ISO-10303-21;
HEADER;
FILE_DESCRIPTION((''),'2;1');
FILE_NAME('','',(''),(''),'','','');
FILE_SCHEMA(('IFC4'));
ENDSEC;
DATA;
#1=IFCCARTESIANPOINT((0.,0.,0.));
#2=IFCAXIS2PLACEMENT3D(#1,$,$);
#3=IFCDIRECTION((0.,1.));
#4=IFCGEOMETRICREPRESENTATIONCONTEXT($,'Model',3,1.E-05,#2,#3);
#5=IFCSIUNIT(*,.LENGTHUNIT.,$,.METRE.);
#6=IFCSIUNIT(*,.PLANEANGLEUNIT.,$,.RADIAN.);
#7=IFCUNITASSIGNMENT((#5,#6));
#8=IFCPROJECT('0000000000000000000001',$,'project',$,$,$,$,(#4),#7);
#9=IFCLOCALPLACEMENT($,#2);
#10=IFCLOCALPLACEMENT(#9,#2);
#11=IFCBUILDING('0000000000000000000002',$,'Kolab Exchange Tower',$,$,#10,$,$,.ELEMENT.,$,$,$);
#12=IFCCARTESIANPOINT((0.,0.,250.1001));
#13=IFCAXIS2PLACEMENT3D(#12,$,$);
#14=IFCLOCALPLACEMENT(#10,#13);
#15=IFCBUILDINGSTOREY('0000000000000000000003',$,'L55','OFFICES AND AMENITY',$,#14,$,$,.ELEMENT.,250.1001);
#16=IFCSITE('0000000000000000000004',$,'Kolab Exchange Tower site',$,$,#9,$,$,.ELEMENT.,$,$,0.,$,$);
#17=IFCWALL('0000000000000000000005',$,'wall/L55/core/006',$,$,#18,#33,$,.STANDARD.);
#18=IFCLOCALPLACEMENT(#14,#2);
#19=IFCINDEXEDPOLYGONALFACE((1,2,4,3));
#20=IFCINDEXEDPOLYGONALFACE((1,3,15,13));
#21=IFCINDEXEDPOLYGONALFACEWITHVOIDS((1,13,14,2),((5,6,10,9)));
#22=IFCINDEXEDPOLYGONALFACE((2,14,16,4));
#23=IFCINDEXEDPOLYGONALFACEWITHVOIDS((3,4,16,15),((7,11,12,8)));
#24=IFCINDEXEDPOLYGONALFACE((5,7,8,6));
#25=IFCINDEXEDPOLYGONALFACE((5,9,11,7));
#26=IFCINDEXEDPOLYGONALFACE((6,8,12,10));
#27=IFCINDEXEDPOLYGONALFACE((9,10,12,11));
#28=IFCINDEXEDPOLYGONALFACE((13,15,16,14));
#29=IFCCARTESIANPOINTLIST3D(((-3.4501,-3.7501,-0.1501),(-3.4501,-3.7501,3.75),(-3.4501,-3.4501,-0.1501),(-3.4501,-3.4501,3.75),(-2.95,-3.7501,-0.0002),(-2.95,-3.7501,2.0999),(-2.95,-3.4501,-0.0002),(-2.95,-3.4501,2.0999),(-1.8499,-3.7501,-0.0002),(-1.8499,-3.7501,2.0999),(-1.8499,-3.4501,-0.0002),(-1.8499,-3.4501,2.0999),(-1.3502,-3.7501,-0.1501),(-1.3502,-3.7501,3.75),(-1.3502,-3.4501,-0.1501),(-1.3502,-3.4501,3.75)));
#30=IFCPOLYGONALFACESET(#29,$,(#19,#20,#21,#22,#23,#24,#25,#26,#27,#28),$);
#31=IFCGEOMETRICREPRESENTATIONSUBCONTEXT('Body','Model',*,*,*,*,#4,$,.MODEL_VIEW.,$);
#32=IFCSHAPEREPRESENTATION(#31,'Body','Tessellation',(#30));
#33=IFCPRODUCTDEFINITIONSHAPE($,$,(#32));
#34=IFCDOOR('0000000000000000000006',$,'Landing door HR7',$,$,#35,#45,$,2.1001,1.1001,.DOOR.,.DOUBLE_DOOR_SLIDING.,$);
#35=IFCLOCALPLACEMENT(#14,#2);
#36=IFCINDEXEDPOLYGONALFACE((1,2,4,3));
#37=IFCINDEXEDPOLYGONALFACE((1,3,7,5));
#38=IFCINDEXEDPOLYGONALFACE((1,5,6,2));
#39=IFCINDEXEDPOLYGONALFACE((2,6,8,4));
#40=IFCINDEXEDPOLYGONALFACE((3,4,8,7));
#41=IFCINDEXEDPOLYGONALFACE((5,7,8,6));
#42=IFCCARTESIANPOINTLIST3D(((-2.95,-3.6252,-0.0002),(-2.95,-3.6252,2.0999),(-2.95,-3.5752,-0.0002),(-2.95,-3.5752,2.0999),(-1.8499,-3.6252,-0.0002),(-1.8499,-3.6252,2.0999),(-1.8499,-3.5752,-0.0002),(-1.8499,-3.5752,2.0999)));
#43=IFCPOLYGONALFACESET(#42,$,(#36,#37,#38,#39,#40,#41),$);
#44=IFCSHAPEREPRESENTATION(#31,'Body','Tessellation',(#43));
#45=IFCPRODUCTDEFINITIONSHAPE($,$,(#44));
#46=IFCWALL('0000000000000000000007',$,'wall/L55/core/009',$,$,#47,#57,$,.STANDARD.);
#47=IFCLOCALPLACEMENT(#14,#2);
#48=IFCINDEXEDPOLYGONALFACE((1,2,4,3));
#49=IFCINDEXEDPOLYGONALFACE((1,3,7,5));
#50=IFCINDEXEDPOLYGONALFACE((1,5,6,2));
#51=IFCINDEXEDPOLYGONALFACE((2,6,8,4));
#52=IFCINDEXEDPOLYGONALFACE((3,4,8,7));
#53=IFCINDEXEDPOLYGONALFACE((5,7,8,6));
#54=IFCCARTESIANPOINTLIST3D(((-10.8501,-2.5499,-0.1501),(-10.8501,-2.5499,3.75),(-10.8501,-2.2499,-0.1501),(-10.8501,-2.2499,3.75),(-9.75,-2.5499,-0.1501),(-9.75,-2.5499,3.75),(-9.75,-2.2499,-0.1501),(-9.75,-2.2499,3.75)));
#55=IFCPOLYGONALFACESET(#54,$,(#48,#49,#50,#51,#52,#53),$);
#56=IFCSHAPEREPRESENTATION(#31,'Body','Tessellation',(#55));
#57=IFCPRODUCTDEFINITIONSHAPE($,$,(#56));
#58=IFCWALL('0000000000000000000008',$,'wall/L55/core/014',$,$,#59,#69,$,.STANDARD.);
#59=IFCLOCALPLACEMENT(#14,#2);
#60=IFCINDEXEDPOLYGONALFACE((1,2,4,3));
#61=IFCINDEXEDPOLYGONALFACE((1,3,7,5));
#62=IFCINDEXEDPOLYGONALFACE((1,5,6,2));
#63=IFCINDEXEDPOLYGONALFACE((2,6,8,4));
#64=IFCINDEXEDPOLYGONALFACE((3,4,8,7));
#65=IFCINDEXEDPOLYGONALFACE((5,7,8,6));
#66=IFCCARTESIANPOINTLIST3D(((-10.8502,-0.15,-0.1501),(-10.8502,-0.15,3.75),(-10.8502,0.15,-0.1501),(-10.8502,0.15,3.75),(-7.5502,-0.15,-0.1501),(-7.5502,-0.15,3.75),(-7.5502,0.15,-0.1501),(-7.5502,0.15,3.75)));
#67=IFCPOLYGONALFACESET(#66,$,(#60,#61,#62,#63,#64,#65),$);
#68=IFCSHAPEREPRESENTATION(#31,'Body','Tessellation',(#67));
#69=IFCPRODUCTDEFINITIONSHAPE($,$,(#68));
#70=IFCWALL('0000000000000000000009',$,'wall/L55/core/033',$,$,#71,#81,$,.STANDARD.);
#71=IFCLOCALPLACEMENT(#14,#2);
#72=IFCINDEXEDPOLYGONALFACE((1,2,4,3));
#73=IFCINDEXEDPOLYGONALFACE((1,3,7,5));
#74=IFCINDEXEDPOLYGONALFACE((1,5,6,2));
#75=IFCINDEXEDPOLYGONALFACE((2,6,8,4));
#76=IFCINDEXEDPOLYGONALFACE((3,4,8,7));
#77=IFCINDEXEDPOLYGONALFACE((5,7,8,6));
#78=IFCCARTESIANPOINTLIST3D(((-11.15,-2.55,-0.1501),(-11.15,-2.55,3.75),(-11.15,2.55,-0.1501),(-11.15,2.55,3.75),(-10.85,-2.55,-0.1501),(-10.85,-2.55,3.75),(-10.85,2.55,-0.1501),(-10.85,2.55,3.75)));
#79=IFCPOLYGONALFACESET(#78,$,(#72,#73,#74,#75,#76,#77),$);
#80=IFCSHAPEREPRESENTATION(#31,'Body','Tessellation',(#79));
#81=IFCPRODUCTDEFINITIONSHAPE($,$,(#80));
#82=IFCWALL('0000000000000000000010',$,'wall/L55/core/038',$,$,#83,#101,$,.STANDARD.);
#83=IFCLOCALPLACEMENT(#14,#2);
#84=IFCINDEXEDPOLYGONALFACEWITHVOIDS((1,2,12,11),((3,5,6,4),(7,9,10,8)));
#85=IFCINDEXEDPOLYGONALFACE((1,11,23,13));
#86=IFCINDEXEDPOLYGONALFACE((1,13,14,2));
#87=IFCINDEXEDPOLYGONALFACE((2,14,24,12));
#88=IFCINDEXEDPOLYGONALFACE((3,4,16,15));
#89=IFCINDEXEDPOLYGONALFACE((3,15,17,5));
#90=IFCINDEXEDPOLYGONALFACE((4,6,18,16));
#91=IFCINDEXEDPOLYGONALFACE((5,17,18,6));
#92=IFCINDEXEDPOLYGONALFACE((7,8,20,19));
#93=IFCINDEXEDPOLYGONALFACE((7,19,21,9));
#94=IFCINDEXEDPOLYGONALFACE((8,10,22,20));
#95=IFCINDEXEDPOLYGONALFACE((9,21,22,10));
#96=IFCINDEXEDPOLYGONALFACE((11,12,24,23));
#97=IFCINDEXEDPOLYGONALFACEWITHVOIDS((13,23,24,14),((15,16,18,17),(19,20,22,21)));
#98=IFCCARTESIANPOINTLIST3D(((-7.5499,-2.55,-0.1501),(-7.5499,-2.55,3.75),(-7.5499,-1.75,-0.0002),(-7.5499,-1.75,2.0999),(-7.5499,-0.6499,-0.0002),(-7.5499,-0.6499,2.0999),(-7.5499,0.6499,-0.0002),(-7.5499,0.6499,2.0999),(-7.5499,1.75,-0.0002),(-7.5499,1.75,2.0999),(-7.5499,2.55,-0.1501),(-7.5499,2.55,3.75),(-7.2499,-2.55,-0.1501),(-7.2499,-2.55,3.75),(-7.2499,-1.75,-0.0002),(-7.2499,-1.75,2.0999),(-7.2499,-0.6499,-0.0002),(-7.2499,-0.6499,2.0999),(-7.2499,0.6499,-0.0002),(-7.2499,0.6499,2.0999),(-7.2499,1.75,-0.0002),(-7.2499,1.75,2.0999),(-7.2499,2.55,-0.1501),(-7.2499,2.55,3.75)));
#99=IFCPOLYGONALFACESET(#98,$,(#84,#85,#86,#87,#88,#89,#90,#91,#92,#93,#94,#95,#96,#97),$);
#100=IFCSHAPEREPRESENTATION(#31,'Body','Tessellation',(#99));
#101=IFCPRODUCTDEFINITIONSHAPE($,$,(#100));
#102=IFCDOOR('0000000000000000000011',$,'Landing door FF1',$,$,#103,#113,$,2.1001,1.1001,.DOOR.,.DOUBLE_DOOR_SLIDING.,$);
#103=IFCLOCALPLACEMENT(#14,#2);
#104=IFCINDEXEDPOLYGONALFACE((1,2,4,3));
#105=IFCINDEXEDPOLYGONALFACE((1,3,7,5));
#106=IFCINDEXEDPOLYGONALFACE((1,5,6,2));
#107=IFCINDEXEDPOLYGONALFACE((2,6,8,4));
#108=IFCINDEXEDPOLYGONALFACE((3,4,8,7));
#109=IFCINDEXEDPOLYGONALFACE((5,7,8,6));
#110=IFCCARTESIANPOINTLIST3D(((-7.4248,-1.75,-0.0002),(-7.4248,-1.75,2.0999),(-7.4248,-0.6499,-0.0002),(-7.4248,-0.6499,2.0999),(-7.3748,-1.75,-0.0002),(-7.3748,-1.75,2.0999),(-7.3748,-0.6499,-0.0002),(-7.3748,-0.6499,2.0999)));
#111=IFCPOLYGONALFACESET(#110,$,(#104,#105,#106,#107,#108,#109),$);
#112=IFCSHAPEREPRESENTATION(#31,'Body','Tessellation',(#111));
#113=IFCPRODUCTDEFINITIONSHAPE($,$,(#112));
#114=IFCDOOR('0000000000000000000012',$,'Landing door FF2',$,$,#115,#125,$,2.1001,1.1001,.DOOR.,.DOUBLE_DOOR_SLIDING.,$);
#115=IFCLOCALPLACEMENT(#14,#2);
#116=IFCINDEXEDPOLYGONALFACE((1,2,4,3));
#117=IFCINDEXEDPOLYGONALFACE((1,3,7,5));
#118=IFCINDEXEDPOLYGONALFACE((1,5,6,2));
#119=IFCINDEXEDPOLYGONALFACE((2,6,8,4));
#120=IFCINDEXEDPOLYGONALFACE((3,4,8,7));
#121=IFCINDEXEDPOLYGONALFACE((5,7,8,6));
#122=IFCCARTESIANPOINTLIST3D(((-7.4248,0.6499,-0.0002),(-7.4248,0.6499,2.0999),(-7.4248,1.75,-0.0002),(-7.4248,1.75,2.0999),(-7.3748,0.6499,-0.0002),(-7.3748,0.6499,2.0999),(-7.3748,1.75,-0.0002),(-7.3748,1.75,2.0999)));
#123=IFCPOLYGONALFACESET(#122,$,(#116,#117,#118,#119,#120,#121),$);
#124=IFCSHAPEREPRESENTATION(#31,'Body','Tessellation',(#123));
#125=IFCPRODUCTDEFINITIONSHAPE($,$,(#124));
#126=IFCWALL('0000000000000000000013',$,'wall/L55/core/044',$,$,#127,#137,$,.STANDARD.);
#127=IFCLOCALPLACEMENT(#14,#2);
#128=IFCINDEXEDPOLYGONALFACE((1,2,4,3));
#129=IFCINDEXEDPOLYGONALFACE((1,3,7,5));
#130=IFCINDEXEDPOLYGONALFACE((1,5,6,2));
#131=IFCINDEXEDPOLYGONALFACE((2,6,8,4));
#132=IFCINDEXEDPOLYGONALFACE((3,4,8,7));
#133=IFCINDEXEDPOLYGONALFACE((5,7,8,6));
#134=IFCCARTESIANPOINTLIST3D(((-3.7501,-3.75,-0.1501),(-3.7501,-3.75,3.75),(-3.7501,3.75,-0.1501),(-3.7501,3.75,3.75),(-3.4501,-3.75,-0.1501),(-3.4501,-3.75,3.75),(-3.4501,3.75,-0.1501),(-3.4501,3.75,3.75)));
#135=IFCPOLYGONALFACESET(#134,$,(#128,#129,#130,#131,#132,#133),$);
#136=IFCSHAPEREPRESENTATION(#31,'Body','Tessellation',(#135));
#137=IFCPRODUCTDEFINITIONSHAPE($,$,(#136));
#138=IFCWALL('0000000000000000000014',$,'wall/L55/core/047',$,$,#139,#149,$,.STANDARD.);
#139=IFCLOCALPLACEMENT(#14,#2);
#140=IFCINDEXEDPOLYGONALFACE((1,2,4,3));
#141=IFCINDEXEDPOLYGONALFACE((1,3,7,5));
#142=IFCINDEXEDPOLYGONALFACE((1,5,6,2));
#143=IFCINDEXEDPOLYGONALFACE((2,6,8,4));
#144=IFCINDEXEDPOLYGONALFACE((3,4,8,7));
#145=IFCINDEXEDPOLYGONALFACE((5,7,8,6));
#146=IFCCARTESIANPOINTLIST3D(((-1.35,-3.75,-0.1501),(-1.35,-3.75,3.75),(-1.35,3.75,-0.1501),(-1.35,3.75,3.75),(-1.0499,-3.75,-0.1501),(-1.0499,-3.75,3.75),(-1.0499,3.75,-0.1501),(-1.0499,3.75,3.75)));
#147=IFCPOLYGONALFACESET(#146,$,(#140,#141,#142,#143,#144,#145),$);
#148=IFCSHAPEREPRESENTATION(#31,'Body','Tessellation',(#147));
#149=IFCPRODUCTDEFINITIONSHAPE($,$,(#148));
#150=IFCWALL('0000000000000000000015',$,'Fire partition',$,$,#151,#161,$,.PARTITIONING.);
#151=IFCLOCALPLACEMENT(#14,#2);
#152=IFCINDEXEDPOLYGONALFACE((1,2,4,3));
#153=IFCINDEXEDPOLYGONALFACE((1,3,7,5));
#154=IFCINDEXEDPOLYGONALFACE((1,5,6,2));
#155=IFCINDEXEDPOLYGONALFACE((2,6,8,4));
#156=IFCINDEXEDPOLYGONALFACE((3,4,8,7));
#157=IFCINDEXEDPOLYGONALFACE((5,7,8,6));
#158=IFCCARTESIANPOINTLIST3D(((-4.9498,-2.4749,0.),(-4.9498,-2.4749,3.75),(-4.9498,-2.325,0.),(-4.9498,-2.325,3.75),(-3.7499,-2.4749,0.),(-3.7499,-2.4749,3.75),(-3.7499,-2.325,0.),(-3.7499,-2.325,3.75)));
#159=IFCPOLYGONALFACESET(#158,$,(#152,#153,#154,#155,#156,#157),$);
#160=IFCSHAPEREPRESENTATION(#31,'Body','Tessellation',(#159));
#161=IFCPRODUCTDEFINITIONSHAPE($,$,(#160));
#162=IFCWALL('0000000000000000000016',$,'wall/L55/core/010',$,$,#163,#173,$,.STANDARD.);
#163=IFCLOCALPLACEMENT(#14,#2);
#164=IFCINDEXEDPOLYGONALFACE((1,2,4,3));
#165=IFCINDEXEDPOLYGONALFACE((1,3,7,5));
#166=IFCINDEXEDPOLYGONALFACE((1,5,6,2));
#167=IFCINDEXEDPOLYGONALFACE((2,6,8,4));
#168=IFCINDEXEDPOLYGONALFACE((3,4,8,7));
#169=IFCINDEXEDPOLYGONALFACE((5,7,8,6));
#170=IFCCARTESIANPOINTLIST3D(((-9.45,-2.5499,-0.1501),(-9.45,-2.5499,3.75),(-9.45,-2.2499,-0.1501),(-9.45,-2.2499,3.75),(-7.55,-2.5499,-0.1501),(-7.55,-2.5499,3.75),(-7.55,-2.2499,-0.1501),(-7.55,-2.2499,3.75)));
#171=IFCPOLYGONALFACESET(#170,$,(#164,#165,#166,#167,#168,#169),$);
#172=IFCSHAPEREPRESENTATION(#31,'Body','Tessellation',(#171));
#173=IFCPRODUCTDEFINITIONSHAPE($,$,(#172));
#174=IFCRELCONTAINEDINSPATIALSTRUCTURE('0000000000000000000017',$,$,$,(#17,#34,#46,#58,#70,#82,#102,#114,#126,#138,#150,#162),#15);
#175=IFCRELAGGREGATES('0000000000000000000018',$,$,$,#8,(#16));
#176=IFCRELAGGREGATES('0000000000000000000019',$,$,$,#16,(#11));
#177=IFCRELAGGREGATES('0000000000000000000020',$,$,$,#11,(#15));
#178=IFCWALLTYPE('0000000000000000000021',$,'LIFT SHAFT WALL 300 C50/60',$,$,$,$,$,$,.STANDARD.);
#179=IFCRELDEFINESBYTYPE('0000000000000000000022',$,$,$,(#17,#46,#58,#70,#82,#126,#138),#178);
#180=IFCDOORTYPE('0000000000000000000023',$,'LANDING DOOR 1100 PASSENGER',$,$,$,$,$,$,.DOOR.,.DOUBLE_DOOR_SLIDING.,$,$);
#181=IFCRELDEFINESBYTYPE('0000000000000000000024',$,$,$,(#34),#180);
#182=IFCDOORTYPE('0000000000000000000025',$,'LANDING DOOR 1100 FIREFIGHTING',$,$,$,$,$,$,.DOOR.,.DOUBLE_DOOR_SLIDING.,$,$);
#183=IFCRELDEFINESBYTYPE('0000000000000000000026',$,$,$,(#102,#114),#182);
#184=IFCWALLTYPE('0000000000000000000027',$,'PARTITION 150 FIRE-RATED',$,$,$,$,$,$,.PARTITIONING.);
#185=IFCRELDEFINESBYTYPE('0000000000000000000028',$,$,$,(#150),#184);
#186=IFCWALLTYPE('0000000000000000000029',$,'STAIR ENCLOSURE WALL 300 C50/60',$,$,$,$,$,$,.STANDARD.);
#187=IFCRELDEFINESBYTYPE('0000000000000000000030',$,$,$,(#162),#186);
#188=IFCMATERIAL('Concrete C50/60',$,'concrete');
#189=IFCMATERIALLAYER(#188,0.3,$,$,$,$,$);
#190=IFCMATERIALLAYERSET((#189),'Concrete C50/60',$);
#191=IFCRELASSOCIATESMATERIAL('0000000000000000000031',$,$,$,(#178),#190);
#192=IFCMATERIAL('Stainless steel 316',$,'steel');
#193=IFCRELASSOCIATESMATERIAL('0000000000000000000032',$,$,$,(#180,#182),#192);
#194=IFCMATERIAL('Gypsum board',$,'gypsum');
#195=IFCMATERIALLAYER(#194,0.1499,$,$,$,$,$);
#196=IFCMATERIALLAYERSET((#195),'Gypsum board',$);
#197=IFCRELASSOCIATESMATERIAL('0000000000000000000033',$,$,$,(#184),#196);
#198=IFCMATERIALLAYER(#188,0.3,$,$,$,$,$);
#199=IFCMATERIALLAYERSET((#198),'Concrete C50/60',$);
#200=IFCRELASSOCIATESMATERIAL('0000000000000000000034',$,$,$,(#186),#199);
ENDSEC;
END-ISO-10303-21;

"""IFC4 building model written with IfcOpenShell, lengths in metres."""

from ifc_helpers import new_model, si_unit, direction, frame, frame_2d, origin, place, context, subcontext, project, spatial, rectangle, extrude, material, layer, layer_set, type_object, element, fill, save


model = new_model("IFC4")

# Units and contexts
model_context = context("Model", 3, precision=1e-05, world=origin(), true_north=direction((0.0, 1.0)))
body_context = subcontext(model_context, "Body", "Model", "MODEL_VIEW")
ifc_project = project(units=[si_unit("LENGTHUNIT", "METRE"), si_unit("PLANEANGLEUNIT", "RADIAN")], contexts=[model_context])

# Site, building, storey
site_placement = place(None, origin())
site = spatial("IfcSite", under=ifc_project, at=site_placement, Name="Kolab Exchange Tower site", CompositionType="ELEMENT", RefElevation=0.0)
building_placement = place(site_placement, origin())
building = spatial("IfcBuilding", under=site, at=building_placement, Name="Kolab Exchange Tower", CompositionType="ELEMENT")
storey_placement = place(building_placement, frame((0.0, 0.0, 250.1001)))
storey = spatial("IfcBuildingStorey", under=building, at=storey_placement, Name="L55", Description="OFFICES AND AMENITY", CompositionType="ELEMENT", Elevation=250.1001)

# Wall, opening, door
ifc_material_1 = material(Name="Concrete C50/60", Category="concrete")
ifc_layer_1 = layer(ifc_material_1, 0.3)
ifc_layer_set_1 = layer_set([ifc_layer_1], Name="Concrete C50/60")
wall_type_1 = type_object("IfcWallType", Name="LIFT SHAFT WALL 300 C50/60", PredefinedType="STANDARD", material=ifc_layer_set_1)
wall_1_placement = place(storey_placement, frame((-3.45, -3.6001, -0.1501), z_axis=(0.0, 0.0, 1.0), x_axis=(1.0, 0.0, 0.0)))
wall_1 = element("IfcWall", 1, at=wall_1_placement, inside=storey, type_object=wall_type_1, Name="wall/L55/core/006", PredefinedType="STANDARD", context=body_context, shape_type="SweptSolid", body=[
    extrude(rectangle(XDim=2.0999, YDim=0.3, at=frame_2d((1.0498, 0.0))), origin(), (0.0, 0.0, 1.0), 3.9001),
])
opening_1_placement = place(wall_1_placement, frame((0.5, 0.0, 0.1499)))
opening_1 = element("IfcOpeningElement", 2, at=opening_1_placement, cuts=wall_1, PredefinedType="OPENING", context=body_context, shape_type="SweptSolid", body=[
    extrude(rectangle(XDim=1.1001, YDim=2.1001, at=frame_2d((0.55, 1.05))), frame((0.0, 0.1602, 0.0), z_axis=(0.0, -1.0, 0.0), x_axis=(1.0, 0.0, 0.0)), (0.0, 0.0, 1.0), 0.3201),
])
ifc_material_2 = material(Name="Stainless steel 316", Category="steel")
door_type_1 = type_object("IfcDoorType", Name="LANDING DOOR 1100 PASSENGER", OperationType="DOUBLE_DOOR_SLIDING", PredefinedType="DOOR", material=ifc_material_2)
door_1_placement = place(opening_1_placement, origin())
door_1 = element("IfcDoor", 3, at=door_1_placement, inside=storey, type_object=door_type_1, Name="Landing door HR7", OperationType="DOUBLE_DOOR_SLIDING", OverallHeight=2.1001, OverallWidth=1.1001, PredefinedType="DOOR", context=body_context, shape_type="SweptSolid", body=[
    extrude(rectangle(XDim=1.1001, YDim=2.1001, at=frame_2d((0.55, 1.05))), frame((0.0, 0.0249, 0.0), z_axis=(0.0, -1.0, 0.0), x_axis=(1.0, 0.0, 0.0)), (0.0, 0.0, 1.0), 0.05),
])
fill(opening_1, door_1)

# Walls
wall_2_placement = place(storey_placement, frame((-10.8501, -2.3999, -0.1501), z_axis=(0.0, 0.0, 1.0), x_axis=(1.0, 0.0, 0.0)))
element("IfcWall", 4, at=wall_2_placement, inside=storey, type_object=wall_type_1, Name="wall/L55/core/009", PredefinedType="STANDARD", context=body_context, shape_type="SweptSolid", body=[
    extrude(rectangle(XDim=1.1001, YDim=0.3, at=frame_2d((0.55, 0.0))), origin(), (0.0, 0.0, 1.0), 3.9001),
])
wall_3_placement = place(storey_placement, frame((-10.8501, 0.0, -0.1501), z_axis=(0.0, 0.0, 1.0), x_axis=(1.0, 0.0, 0.0)))
element("IfcWall", 5, at=wall_3_placement, inside=storey, type_object=wall_type_1, Name="wall/L55/core/014", PredefinedType="STANDARD", context=body_context, shape_type="SweptSolid", body=[
    extrude(rectangle(XDim=3.3, YDim=0.3, at=frame_2d((1.6499, 0.0))), origin(), (0.0, 0.0, 1.0), 3.9001),
])
wall_4_placement = place(storey_placement, frame((-11.0, -2.55, -0.1501), z_axis=(0.0, 0.0, 1.0), x_axis=(0.0, 1.0, 0.0)))
element("IfcWall", 6, at=wall_4_placement, inside=storey, type_object=wall_type_1, Name="wall/L55/core/033", PredefinedType="STANDARD", context=body_context, shape_type="SweptSolid", body=[
    extrude(rectangle(XDim=5.1001, YDim=0.3, at=frame_2d((2.55, 0.0))), origin(), (0.0, 0.0, 1.0), 3.9001),
])

# Wall, openings, doors
wall_5_placement = place(storey_placement, frame((-7.3999, -2.55, -0.1501), z_axis=(0.0, 0.0, 1.0), x_axis=(0.0, 1.0, 0.0)))
wall_5 = element("IfcWall", 7, at=wall_5_placement, inside=storey, type_object=wall_type_1, Name="wall/L55/core/038", PredefinedType="STANDARD", context=body_context, shape_type="SweptSolid", body=[
    extrude(rectangle(XDim=5.1001, YDim=0.3, at=frame_2d((2.55, 0.0))), origin(), (0.0, 0.0, 1.0), 3.9001),
])
opening_2_placement = place(wall_5_placement, frame((0.8, 0.0, 0.1499)))
opening_2 = element("IfcOpeningElement", 8, at=opening_2_placement, cuts=wall_5, PredefinedType="OPENING", context=body_context, shape_type="SweptSolid", body=[
    extrude(rectangle(XDim=1.1001, YDim=2.1001, at=frame_2d((0.55, 1.05))), frame((0.0, 0.1602, 0.0), z_axis=(0.0, -1.0, 0.0), x_axis=(1.0, 0.0, 0.0)), (0.0, 0.0, 1.0), 0.3201),
])
opening_3_placement = place(wall_5_placement, frame((3.2, 0.0, 0.1499)))
opening_3 = element("IfcOpeningElement", 9, at=opening_3_placement, cuts=wall_5, PredefinedType="OPENING", context=body_context, shape_type="SweptSolid", body=[
    extrude(rectangle(XDim=1.1001, YDim=2.1001, at=frame_2d((0.55, 1.05))), frame((0.0, 0.1602, 0.0), z_axis=(0.0, -1.0, 0.0), x_axis=(1.0, 0.0, 0.0)), (0.0, 0.0, 1.0), 0.3201),
])
door_type_2 = type_object("IfcDoorType", Name="LANDING DOOR 1100 FIREFIGHTING", OperationType="DOUBLE_DOOR_SLIDING", PredefinedType="DOOR", material=ifc_material_2)
door_2_placement = place(opening_2_placement, origin())
door_2 = element("IfcDoor", 10, at=door_2_placement, inside=storey, type_object=door_type_2, Name="Landing door FF1", OperationType="DOUBLE_DOOR_SLIDING", OverallHeight=2.1001, OverallWidth=1.1001, PredefinedType="DOOR", context=body_context, shape_type="SweptSolid", body=[
    extrude(rectangle(XDim=1.1001, YDim=2.1001, at=frame_2d((0.55, 1.05))), frame((0.0, 0.0249, 0.0), z_axis=(0.0, -1.0, 0.0), x_axis=(1.0, 0.0, 0.0)), (0.0, 0.0, 1.0), 0.05),
])
fill(opening_2, door_2)
door_3_placement = place(opening_3_placement, origin())
door_3 = element("IfcDoor", 11, at=door_3_placement, inside=storey, type_object=door_type_2, Name="Landing door FF2", OperationType="DOUBLE_DOOR_SLIDING", OverallHeight=2.1001, OverallWidth=1.1001, PredefinedType="DOOR", context=body_context, shape_type="SweptSolid", body=[
    extrude(rectangle(XDim=1.1001, YDim=2.1001, at=frame_2d((0.55, 1.05))), frame((0.0, 0.0249, 0.0), z_axis=(0.0, -1.0, 0.0), x_axis=(1.0, 0.0, 0.0)), (0.0, 0.0, 1.0), 0.05),
])
fill(opening_3, door_3)

# Walls
for number, where, z_axis, x_axis, name in (
    (12, (-3.6001, -3.75, -0.1501), (0.0, 0.0, 1.0), (0.0, 1.0, 0.0), "wall/L55/core/044"),
    (13, (-1.2, -3.75, -0.1501), (0.0, 0.0, 1.0), (0.0, 1.0, 0.0), "wall/L55/core/047"),
):
    element("IfcWall", number, at=place(storey_placement, frame(where, z_axis=z_axis, x_axis=x_axis)), inside=storey, type_object=wall_type_1, Name=name, PredefinedType="STANDARD", context=body_context, shape_type="SweptSolid", body=[
        extrude(rectangle(XDim=7.5, YDim=0.3, at=frame_2d((3.75, 0.0))), origin(), (0.0, 0.0, 1.0), 3.9001),
    ])
ifc_material_3 = material(Name="Gypsum board", Category="gypsum")
ifc_layer_2 = layer(ifc_material_3, 0.1499)
ifc_layer_set_2 = layer_set([ifc_layer_2], Name="Gypsum board")
wall_type_2 = type_object("IfcWallType", Name="PARTITION 150 FIRE-RATED", PredefinedType="PARTITIONING", material=ifc_layer_set_2)
wall_6_placement = place(storey_placement, frame((-4.95, -2.3999, 0.0), z_axis=(0.0, 0.0, 1.0), x_axis=(1.0, 0.0, 0.0)))
element("IfcWall", 14, at=wall_6_placement, inside=storey, type_object=wall_type_2, Name="Fire partition", PredefinedType="PARTITIONING", context=body_context, shape_type="SweptSolid", body=[
    extrude(rectangle(XDim=1.2, YDim=0.1499, at=frame_2d((0.6001, 0.0))), origin(), (0.0, 0.0, 1.0), 3.75),
])
ifc_layer_3 = layer(ifc_material_1, 0.3)
ifc_layer_set_3 = layer_set([ifc_layer_3], Name="Concrete C50/60")
wall_type_3 = type_object("IfcWallType", Name="STAIR ENCLOSURE WALL 300 C50/60", PredefinedType="STANDARD", material=ifc_layer_set_3)
wall_7_placement = place(storey_placement, frame((-9.45, -2.3999, -0.1501), z_axis=(0.0, 0.0, 1.0), x_axis=(1.0, 0.0, 0.0)))
element("IfcWall", 15, at=wall_7_placement, inside=storey, type_object=wall_type_3, Name="wall/L55/core/010", PredefinedType="STANDARD", context=body_context, shape_type="SweptSolid", body=[
    extrude(rectangle(XDim=1.8999, YDim=0.3, at=frame_2d((0.95, 0.0))), origin(), (0.0, 0.0, 1.0), 3.9001),
])

save(model, "model.ifc")
